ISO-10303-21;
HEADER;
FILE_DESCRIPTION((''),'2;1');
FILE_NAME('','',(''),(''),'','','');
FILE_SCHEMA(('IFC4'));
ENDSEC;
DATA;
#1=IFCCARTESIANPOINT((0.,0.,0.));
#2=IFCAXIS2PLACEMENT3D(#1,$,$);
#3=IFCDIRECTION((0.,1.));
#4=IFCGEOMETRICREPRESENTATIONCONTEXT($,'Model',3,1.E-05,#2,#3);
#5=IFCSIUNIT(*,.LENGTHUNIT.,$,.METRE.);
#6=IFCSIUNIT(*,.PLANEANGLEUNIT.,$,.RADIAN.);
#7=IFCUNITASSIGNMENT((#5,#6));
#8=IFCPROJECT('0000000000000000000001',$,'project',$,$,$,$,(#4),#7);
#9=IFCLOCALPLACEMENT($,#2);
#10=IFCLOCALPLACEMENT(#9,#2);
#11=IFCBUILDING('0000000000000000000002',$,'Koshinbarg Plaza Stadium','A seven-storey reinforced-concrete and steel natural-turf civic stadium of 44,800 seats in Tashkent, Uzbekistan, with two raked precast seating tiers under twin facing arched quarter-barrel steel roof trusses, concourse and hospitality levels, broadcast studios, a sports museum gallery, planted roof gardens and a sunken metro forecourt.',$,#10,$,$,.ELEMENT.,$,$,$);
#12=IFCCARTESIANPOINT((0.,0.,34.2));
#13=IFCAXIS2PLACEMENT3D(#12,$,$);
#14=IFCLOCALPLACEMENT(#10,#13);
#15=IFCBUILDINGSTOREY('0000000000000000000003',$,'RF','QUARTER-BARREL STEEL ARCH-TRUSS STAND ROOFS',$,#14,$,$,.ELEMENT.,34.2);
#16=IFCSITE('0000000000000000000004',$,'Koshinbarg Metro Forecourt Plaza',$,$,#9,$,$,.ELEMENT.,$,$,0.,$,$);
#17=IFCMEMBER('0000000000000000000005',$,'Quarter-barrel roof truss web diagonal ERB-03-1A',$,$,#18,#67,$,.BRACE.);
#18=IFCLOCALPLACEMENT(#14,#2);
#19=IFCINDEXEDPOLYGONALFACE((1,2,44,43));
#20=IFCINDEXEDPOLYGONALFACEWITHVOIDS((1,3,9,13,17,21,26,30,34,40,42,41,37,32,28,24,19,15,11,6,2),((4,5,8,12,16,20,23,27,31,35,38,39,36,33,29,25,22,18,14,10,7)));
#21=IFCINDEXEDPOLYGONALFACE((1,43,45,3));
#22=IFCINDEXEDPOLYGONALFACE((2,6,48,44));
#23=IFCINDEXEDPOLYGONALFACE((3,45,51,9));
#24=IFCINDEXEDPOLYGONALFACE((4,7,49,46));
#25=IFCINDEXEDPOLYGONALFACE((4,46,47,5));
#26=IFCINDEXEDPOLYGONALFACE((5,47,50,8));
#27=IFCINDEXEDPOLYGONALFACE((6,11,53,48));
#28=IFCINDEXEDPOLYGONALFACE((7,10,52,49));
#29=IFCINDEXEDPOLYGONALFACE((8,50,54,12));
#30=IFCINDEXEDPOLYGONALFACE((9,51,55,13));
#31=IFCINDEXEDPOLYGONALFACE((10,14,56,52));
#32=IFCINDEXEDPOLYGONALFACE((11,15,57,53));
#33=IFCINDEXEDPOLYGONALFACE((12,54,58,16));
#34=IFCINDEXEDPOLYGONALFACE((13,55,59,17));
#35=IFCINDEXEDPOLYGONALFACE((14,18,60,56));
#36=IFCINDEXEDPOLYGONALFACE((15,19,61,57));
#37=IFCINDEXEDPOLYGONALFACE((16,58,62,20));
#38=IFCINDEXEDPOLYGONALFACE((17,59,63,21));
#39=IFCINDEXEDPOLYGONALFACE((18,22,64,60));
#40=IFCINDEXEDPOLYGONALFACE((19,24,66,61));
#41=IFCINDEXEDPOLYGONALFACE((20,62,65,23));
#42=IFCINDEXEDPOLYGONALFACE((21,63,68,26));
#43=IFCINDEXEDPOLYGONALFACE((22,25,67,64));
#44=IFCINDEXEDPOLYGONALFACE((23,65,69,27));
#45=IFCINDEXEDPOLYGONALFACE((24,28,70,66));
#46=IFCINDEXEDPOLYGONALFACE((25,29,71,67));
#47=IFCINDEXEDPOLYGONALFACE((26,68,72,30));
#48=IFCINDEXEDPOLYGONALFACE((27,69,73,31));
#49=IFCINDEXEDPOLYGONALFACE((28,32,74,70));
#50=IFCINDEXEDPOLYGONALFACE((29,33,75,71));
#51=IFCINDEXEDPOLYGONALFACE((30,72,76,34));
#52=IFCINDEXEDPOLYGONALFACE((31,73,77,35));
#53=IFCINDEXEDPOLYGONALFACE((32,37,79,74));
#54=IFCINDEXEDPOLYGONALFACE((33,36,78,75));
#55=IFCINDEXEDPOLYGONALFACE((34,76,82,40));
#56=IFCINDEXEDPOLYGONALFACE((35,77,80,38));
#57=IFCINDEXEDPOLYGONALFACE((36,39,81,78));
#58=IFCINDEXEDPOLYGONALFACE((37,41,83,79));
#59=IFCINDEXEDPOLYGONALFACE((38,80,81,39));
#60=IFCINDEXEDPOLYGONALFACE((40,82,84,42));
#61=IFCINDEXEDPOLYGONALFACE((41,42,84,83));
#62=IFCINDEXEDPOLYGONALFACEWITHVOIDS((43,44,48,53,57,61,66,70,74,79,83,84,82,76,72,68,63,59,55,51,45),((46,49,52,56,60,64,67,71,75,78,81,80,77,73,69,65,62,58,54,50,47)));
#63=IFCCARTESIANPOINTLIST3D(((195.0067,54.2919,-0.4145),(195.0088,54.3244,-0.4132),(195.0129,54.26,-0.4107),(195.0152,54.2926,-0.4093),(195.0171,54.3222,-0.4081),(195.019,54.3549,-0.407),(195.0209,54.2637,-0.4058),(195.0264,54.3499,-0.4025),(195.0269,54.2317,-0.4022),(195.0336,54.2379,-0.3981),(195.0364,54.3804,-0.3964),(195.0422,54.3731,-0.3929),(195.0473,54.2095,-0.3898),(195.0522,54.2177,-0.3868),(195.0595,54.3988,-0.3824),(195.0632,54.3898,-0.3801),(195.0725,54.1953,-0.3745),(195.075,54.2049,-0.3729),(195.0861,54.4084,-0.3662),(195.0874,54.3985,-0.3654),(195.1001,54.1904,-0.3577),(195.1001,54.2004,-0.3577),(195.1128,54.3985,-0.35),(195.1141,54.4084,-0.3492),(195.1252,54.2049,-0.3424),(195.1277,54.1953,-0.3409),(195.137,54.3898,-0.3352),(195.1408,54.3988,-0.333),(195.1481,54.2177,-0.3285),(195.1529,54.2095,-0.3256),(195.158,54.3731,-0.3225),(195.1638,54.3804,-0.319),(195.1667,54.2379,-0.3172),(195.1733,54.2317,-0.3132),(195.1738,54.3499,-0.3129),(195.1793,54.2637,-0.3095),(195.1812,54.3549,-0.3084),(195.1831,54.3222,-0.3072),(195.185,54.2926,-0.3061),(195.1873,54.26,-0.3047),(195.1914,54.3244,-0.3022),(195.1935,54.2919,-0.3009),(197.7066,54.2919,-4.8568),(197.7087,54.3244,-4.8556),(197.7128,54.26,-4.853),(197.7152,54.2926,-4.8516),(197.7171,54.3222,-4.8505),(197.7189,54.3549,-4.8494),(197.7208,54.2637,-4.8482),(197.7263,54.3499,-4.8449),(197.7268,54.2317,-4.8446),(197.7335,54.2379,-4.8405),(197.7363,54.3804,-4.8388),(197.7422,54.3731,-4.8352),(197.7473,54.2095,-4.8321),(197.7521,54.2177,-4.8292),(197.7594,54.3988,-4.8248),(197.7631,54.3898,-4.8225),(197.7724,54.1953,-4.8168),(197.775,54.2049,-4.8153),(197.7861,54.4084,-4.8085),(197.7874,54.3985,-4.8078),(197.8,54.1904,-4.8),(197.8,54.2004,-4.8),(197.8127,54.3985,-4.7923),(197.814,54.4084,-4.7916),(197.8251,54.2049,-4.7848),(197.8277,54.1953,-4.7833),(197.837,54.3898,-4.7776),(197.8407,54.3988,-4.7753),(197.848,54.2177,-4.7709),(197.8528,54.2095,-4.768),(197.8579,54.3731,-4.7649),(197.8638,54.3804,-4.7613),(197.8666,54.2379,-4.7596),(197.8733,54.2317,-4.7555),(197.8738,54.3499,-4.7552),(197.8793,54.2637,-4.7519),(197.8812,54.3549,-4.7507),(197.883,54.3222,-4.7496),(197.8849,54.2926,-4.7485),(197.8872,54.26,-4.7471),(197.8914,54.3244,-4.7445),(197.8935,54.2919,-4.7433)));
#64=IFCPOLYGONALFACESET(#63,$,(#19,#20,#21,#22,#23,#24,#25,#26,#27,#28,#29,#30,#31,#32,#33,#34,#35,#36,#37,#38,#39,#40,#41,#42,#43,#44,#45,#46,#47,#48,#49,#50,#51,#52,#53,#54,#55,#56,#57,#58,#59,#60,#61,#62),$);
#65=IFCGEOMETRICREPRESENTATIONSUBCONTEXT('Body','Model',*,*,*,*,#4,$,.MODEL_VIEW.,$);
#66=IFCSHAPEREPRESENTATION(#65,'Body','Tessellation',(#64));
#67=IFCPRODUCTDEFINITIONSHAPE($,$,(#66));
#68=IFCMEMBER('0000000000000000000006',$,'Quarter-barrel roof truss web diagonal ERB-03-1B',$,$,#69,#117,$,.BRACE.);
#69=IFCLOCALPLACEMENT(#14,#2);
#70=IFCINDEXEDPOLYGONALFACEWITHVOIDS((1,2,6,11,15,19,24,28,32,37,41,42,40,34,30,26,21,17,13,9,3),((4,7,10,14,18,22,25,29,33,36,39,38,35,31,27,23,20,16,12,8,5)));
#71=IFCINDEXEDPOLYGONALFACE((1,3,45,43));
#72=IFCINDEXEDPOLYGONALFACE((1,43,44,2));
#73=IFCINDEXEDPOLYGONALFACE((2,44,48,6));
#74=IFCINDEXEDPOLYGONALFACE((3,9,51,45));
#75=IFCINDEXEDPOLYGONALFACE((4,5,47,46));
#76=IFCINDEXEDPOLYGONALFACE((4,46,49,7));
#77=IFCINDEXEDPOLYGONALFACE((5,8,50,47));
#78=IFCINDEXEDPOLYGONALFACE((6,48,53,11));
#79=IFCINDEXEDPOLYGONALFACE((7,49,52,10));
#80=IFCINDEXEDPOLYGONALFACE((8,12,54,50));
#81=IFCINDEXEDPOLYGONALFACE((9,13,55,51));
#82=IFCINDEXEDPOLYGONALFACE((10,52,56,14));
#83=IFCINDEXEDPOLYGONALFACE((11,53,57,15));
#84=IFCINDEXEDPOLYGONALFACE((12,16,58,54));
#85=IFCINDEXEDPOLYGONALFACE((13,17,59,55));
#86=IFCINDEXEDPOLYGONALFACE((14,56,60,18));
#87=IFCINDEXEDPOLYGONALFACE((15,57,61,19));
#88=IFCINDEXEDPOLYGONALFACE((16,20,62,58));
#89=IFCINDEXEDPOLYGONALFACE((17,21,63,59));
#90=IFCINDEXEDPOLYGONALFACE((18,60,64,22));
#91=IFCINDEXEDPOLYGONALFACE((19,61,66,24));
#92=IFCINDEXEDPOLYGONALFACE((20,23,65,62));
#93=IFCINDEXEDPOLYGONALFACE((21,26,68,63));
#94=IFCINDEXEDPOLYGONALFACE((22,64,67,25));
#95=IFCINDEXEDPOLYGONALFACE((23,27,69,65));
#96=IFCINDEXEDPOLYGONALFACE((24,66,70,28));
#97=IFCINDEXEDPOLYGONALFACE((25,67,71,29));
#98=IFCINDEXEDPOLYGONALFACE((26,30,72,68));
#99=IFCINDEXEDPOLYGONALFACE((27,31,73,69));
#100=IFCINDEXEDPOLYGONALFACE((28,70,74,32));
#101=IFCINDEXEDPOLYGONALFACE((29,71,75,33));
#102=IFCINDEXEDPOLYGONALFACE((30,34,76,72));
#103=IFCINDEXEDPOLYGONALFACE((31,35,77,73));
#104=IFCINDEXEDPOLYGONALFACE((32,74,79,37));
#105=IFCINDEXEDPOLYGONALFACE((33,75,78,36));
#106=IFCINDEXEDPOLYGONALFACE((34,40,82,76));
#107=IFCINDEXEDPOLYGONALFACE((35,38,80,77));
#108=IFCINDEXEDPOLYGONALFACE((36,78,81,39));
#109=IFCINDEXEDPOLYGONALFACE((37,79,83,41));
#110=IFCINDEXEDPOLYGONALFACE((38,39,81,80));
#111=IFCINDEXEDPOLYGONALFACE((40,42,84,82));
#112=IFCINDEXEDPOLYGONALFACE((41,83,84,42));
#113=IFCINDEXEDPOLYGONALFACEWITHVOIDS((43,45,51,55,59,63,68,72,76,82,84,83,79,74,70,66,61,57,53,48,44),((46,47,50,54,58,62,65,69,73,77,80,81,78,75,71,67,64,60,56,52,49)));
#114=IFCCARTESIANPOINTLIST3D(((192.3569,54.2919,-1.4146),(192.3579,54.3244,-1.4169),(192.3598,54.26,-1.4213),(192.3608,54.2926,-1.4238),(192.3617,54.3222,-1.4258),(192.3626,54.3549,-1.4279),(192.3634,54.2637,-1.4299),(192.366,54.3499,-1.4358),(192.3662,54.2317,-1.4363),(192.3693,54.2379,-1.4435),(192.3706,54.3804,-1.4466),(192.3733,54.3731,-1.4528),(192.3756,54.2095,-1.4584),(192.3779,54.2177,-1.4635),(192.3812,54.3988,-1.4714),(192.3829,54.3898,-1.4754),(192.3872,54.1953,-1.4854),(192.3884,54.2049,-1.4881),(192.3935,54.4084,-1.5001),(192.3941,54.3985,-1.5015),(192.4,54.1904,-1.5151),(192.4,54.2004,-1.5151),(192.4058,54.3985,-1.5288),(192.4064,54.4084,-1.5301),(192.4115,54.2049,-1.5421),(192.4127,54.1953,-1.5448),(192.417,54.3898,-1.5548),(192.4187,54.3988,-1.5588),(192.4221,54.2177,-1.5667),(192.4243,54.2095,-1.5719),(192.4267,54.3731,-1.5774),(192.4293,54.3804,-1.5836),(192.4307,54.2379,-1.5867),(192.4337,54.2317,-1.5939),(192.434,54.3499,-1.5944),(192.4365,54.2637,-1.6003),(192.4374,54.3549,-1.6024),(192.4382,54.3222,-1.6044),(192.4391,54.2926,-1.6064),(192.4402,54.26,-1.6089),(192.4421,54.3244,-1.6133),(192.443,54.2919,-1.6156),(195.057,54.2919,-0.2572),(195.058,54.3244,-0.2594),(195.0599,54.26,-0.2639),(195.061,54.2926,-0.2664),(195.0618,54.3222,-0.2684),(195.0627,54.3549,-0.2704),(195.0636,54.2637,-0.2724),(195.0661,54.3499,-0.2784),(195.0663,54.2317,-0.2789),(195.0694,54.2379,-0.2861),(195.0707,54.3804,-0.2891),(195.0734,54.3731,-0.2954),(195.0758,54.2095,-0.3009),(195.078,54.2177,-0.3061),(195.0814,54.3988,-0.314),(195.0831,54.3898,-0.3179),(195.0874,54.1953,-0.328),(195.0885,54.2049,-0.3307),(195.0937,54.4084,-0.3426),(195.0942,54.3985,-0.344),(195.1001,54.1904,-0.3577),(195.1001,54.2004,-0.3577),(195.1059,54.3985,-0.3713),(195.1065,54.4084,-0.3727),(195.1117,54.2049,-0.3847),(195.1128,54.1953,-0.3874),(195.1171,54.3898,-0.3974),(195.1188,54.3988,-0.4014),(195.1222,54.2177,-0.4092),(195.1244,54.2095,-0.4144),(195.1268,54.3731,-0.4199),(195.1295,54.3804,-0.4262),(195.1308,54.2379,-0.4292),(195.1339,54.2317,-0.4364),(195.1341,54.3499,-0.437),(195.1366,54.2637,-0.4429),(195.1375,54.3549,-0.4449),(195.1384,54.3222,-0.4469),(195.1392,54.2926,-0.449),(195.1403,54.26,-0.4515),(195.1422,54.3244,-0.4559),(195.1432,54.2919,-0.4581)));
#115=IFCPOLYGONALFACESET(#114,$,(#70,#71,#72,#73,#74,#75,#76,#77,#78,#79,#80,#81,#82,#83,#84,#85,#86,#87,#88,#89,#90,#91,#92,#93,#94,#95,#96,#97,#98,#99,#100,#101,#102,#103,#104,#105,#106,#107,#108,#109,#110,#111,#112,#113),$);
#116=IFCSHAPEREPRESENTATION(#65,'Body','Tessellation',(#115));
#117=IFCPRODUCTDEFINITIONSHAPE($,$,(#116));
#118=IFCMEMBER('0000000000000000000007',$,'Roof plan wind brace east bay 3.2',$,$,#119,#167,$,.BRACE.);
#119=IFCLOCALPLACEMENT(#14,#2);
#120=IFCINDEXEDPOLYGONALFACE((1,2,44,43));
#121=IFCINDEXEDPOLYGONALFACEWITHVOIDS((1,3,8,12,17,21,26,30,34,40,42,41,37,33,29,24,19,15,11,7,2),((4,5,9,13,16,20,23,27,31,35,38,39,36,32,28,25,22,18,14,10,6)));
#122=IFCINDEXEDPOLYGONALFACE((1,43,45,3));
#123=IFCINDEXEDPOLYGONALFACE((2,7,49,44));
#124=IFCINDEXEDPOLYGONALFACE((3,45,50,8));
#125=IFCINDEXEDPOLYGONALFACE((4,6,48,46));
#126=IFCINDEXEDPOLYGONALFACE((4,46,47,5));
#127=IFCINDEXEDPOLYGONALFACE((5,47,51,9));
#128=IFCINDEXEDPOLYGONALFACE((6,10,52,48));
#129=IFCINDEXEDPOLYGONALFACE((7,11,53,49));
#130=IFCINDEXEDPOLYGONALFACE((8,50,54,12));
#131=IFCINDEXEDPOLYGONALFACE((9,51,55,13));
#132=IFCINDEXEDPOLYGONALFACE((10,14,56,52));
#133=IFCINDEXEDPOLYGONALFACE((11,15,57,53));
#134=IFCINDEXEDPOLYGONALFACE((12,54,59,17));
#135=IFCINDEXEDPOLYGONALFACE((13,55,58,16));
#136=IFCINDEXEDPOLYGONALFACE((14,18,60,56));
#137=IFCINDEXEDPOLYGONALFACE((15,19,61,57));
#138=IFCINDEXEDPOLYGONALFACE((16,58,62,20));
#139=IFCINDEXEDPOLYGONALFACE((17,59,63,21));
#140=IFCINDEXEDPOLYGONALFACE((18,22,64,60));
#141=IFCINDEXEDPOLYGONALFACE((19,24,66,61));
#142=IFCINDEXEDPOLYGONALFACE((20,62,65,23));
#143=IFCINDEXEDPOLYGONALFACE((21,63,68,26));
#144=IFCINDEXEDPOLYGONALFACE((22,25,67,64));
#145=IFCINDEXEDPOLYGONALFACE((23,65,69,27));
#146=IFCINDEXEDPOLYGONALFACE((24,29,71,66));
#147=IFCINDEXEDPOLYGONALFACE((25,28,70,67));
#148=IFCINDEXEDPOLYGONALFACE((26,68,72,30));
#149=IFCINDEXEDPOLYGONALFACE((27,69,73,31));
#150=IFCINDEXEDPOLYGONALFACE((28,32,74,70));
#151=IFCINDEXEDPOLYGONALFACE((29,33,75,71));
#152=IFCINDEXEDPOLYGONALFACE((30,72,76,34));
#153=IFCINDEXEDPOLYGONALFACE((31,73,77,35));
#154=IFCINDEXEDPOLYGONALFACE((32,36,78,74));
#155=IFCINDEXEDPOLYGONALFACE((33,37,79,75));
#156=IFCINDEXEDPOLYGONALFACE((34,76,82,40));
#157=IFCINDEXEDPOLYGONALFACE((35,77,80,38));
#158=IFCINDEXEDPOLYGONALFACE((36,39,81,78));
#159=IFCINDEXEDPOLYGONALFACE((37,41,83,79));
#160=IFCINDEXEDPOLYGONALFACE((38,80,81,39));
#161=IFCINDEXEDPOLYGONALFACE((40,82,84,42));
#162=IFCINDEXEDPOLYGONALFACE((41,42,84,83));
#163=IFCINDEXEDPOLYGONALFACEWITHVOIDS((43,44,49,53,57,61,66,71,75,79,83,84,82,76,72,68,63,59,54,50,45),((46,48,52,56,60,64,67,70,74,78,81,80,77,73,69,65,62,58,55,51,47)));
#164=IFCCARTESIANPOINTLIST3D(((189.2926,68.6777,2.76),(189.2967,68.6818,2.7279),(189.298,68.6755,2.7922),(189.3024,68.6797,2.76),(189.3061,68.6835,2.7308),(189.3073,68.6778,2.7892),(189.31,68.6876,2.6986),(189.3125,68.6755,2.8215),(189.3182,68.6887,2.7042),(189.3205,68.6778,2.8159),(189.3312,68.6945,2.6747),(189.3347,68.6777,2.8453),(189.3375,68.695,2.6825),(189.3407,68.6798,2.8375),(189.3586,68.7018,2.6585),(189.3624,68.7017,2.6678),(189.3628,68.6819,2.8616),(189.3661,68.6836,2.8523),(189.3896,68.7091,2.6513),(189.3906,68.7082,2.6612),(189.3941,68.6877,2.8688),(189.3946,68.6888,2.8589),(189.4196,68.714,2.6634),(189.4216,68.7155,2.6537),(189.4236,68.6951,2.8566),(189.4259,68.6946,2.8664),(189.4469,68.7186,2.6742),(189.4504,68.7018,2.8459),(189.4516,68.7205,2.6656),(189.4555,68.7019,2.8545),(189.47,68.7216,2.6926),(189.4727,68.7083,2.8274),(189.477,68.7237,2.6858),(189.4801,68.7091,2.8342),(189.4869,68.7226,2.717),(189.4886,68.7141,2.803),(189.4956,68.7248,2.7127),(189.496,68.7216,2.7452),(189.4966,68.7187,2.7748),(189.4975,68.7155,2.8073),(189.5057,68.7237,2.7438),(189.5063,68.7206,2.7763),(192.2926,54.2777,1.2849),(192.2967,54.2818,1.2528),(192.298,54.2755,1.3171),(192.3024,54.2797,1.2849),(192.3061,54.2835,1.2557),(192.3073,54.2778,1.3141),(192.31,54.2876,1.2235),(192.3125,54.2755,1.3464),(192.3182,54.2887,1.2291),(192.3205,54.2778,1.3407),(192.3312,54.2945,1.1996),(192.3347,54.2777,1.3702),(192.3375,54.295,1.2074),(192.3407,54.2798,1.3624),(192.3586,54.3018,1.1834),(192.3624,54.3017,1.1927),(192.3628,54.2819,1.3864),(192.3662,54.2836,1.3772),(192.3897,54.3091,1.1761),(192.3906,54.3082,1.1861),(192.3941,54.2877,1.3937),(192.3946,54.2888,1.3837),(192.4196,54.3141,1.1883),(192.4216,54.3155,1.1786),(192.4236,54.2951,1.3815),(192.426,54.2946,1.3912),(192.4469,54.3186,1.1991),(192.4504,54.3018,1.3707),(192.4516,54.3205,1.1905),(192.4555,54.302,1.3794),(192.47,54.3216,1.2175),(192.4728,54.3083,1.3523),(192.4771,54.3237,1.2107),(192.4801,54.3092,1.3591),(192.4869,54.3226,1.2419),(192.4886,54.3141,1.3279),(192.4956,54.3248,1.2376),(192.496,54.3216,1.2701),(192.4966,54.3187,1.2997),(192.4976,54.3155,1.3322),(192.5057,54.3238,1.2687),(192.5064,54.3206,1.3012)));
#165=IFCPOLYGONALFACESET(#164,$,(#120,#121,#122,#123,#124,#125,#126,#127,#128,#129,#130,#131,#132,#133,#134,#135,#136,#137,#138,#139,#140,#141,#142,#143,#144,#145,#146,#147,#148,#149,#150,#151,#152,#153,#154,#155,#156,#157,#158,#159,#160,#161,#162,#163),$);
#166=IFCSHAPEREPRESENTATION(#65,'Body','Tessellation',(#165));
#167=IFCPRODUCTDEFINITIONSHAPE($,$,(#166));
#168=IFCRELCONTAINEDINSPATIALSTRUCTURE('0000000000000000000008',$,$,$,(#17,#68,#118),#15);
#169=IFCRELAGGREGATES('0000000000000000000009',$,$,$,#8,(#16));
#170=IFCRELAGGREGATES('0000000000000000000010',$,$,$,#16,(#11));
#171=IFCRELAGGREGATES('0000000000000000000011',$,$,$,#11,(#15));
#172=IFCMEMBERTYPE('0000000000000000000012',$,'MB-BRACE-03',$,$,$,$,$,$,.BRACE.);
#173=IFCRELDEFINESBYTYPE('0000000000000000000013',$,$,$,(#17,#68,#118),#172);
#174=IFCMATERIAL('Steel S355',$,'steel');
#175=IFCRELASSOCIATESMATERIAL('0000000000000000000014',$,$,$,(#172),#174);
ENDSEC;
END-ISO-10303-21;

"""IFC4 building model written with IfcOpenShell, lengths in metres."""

from ifc_helpers import new_model, si_unit, direction, frame, origin, origin_2d, place, context, subcontext, project, spatial, hollow_circle, extrude, material, material_profile, profile_set, type_object, element, save


model = new_model("IFC4")

# Units and contexts
model_context = context("Model", 3, precision=1e-05, world=origin(), true_north=direction((0.0, 1.0)))
body_context = subcontext(model_context, "Body", "Model", "MODEL_VIEW")
ifc_project = project(units=[si_unit("LENGTHUNIT", "METRE"), si_unit("PLANEANGLEUNIT", "RADIAN")], contexts=[model_context])

# Site, building, storey
site_placement = place(None, origin())
site = spatial("IfcSite", under=ifc_project, at=site_placement, Name="Koshinbarg Metro Forecourt Plaza", CompositionType="ELEMENT", RefElevation=0.0)
building_placement = place(site_placement, origin())
building = spatial("IfcBuilding", under=site, at=building_placement, Name="Koshinbarg Plaza Stadium", Description="A seven-storey reinforced-concrete and steel natural-turf civic stadium of 44,800 seats in Tashkent, Uzbekistan, with two raked precast seating tiers under twin facing arched quarter-barrel steel roof trusses, concourse and hospitality levels, broadcast studios, a sports museum gallery, planted roof gardens and a sunken metro forecourt.", CompositionType="ELEMENT")
storey_placement = place(building_placement, frame((0.0, 0.0, 34.2)))
storey = spatial("IfcBuildingStorey", under=building, at=storey_placement, Name="RF", Description="QUARTER-BARREL STEEL ARCH-TRUSS STAND ROOFS", CompositionType="ELEMENT", Elevation=34.2)

# Members
ifc_material_1 = material(Name="Steel S355", Category="steel")
ifc_material_profile_1 = material_profile(ifc_material_1, hollow_circle(Radius=0.1096, WallThickness=0.01, at=origin_2d()), Name="CHS 219.1x10")
ifc_profile_set_1 = profile_set([ifc_material_profile_1], Name="Steel S355")
member_type_1 = type_object("IfcMemberType", Name="MB-BRACE-03", PredefinedType="BRACE", material=ifc_profile_set_1)
member_1_placement = place(storey_placement, frame((197.8, 54.3, -4.8), z_axis=(-0.51937, 0.0, 0.854549), x_axis=(0.0, -1.0, 0.0)))
element("IfcMember", 1, at=member_1_placement, inside=storey, type_object=member_type_1, Name="Quarter-barrel roof truss web diagonal ERB-03-1A", PredefinedType="BRACE", context=body_context, shape_type="SweptSolid", body=[
    extrude(hollow_circle(Radius=0.1096, WallThickness=0.01, at=origin_2d()), origin(), (0.0, 0.0, 1.0), 5.1985),
])
member_2_placement = place(storey_placement, frame((195.1001, 54.3, -0.3577), z_axis=(-0.919115, 0.0, -0.39399), x_axis=(0.0, -1.0, 0.0)))
element("IfcMember", 2, at=member_2_placement, inside=storey, type_object=member_type_1, Name="Quarter-barrel roof truss web diagonal ERB-03-1B", PredefinedType="BRACE", context=body_context, shape_type="SweptSolid", body=[
    extrude(hollow_circle(Radius=0.1096, WallThickness=0.01, at=origin_2d()), origin(), (0.0, 0.0, 1.0), 2.9377),
])
member_3_placement = place(storey_placement, frame((192.3999, 54.3, 1.2849), z_axis=(-0.202938, 0.974094, 0.099784), x_axis=(-0.97898, -0.203956, 0.0)))
element("IfcMember", 3, at=member_3_placement, inside=storey, type_object=member_type_1, Name="Roof plan wind brace east bay 3.2", PredefinedType="BRACE", context=body_context, shape_type="SweptSolid", body=[
    extrude(hollow_circle(Radius=0.1096, WallThickness=0.01, at=origin_2d()), origin(), (0.0, 0.0, 1.0), 14.783),
])

save(model, "model.ifc")
